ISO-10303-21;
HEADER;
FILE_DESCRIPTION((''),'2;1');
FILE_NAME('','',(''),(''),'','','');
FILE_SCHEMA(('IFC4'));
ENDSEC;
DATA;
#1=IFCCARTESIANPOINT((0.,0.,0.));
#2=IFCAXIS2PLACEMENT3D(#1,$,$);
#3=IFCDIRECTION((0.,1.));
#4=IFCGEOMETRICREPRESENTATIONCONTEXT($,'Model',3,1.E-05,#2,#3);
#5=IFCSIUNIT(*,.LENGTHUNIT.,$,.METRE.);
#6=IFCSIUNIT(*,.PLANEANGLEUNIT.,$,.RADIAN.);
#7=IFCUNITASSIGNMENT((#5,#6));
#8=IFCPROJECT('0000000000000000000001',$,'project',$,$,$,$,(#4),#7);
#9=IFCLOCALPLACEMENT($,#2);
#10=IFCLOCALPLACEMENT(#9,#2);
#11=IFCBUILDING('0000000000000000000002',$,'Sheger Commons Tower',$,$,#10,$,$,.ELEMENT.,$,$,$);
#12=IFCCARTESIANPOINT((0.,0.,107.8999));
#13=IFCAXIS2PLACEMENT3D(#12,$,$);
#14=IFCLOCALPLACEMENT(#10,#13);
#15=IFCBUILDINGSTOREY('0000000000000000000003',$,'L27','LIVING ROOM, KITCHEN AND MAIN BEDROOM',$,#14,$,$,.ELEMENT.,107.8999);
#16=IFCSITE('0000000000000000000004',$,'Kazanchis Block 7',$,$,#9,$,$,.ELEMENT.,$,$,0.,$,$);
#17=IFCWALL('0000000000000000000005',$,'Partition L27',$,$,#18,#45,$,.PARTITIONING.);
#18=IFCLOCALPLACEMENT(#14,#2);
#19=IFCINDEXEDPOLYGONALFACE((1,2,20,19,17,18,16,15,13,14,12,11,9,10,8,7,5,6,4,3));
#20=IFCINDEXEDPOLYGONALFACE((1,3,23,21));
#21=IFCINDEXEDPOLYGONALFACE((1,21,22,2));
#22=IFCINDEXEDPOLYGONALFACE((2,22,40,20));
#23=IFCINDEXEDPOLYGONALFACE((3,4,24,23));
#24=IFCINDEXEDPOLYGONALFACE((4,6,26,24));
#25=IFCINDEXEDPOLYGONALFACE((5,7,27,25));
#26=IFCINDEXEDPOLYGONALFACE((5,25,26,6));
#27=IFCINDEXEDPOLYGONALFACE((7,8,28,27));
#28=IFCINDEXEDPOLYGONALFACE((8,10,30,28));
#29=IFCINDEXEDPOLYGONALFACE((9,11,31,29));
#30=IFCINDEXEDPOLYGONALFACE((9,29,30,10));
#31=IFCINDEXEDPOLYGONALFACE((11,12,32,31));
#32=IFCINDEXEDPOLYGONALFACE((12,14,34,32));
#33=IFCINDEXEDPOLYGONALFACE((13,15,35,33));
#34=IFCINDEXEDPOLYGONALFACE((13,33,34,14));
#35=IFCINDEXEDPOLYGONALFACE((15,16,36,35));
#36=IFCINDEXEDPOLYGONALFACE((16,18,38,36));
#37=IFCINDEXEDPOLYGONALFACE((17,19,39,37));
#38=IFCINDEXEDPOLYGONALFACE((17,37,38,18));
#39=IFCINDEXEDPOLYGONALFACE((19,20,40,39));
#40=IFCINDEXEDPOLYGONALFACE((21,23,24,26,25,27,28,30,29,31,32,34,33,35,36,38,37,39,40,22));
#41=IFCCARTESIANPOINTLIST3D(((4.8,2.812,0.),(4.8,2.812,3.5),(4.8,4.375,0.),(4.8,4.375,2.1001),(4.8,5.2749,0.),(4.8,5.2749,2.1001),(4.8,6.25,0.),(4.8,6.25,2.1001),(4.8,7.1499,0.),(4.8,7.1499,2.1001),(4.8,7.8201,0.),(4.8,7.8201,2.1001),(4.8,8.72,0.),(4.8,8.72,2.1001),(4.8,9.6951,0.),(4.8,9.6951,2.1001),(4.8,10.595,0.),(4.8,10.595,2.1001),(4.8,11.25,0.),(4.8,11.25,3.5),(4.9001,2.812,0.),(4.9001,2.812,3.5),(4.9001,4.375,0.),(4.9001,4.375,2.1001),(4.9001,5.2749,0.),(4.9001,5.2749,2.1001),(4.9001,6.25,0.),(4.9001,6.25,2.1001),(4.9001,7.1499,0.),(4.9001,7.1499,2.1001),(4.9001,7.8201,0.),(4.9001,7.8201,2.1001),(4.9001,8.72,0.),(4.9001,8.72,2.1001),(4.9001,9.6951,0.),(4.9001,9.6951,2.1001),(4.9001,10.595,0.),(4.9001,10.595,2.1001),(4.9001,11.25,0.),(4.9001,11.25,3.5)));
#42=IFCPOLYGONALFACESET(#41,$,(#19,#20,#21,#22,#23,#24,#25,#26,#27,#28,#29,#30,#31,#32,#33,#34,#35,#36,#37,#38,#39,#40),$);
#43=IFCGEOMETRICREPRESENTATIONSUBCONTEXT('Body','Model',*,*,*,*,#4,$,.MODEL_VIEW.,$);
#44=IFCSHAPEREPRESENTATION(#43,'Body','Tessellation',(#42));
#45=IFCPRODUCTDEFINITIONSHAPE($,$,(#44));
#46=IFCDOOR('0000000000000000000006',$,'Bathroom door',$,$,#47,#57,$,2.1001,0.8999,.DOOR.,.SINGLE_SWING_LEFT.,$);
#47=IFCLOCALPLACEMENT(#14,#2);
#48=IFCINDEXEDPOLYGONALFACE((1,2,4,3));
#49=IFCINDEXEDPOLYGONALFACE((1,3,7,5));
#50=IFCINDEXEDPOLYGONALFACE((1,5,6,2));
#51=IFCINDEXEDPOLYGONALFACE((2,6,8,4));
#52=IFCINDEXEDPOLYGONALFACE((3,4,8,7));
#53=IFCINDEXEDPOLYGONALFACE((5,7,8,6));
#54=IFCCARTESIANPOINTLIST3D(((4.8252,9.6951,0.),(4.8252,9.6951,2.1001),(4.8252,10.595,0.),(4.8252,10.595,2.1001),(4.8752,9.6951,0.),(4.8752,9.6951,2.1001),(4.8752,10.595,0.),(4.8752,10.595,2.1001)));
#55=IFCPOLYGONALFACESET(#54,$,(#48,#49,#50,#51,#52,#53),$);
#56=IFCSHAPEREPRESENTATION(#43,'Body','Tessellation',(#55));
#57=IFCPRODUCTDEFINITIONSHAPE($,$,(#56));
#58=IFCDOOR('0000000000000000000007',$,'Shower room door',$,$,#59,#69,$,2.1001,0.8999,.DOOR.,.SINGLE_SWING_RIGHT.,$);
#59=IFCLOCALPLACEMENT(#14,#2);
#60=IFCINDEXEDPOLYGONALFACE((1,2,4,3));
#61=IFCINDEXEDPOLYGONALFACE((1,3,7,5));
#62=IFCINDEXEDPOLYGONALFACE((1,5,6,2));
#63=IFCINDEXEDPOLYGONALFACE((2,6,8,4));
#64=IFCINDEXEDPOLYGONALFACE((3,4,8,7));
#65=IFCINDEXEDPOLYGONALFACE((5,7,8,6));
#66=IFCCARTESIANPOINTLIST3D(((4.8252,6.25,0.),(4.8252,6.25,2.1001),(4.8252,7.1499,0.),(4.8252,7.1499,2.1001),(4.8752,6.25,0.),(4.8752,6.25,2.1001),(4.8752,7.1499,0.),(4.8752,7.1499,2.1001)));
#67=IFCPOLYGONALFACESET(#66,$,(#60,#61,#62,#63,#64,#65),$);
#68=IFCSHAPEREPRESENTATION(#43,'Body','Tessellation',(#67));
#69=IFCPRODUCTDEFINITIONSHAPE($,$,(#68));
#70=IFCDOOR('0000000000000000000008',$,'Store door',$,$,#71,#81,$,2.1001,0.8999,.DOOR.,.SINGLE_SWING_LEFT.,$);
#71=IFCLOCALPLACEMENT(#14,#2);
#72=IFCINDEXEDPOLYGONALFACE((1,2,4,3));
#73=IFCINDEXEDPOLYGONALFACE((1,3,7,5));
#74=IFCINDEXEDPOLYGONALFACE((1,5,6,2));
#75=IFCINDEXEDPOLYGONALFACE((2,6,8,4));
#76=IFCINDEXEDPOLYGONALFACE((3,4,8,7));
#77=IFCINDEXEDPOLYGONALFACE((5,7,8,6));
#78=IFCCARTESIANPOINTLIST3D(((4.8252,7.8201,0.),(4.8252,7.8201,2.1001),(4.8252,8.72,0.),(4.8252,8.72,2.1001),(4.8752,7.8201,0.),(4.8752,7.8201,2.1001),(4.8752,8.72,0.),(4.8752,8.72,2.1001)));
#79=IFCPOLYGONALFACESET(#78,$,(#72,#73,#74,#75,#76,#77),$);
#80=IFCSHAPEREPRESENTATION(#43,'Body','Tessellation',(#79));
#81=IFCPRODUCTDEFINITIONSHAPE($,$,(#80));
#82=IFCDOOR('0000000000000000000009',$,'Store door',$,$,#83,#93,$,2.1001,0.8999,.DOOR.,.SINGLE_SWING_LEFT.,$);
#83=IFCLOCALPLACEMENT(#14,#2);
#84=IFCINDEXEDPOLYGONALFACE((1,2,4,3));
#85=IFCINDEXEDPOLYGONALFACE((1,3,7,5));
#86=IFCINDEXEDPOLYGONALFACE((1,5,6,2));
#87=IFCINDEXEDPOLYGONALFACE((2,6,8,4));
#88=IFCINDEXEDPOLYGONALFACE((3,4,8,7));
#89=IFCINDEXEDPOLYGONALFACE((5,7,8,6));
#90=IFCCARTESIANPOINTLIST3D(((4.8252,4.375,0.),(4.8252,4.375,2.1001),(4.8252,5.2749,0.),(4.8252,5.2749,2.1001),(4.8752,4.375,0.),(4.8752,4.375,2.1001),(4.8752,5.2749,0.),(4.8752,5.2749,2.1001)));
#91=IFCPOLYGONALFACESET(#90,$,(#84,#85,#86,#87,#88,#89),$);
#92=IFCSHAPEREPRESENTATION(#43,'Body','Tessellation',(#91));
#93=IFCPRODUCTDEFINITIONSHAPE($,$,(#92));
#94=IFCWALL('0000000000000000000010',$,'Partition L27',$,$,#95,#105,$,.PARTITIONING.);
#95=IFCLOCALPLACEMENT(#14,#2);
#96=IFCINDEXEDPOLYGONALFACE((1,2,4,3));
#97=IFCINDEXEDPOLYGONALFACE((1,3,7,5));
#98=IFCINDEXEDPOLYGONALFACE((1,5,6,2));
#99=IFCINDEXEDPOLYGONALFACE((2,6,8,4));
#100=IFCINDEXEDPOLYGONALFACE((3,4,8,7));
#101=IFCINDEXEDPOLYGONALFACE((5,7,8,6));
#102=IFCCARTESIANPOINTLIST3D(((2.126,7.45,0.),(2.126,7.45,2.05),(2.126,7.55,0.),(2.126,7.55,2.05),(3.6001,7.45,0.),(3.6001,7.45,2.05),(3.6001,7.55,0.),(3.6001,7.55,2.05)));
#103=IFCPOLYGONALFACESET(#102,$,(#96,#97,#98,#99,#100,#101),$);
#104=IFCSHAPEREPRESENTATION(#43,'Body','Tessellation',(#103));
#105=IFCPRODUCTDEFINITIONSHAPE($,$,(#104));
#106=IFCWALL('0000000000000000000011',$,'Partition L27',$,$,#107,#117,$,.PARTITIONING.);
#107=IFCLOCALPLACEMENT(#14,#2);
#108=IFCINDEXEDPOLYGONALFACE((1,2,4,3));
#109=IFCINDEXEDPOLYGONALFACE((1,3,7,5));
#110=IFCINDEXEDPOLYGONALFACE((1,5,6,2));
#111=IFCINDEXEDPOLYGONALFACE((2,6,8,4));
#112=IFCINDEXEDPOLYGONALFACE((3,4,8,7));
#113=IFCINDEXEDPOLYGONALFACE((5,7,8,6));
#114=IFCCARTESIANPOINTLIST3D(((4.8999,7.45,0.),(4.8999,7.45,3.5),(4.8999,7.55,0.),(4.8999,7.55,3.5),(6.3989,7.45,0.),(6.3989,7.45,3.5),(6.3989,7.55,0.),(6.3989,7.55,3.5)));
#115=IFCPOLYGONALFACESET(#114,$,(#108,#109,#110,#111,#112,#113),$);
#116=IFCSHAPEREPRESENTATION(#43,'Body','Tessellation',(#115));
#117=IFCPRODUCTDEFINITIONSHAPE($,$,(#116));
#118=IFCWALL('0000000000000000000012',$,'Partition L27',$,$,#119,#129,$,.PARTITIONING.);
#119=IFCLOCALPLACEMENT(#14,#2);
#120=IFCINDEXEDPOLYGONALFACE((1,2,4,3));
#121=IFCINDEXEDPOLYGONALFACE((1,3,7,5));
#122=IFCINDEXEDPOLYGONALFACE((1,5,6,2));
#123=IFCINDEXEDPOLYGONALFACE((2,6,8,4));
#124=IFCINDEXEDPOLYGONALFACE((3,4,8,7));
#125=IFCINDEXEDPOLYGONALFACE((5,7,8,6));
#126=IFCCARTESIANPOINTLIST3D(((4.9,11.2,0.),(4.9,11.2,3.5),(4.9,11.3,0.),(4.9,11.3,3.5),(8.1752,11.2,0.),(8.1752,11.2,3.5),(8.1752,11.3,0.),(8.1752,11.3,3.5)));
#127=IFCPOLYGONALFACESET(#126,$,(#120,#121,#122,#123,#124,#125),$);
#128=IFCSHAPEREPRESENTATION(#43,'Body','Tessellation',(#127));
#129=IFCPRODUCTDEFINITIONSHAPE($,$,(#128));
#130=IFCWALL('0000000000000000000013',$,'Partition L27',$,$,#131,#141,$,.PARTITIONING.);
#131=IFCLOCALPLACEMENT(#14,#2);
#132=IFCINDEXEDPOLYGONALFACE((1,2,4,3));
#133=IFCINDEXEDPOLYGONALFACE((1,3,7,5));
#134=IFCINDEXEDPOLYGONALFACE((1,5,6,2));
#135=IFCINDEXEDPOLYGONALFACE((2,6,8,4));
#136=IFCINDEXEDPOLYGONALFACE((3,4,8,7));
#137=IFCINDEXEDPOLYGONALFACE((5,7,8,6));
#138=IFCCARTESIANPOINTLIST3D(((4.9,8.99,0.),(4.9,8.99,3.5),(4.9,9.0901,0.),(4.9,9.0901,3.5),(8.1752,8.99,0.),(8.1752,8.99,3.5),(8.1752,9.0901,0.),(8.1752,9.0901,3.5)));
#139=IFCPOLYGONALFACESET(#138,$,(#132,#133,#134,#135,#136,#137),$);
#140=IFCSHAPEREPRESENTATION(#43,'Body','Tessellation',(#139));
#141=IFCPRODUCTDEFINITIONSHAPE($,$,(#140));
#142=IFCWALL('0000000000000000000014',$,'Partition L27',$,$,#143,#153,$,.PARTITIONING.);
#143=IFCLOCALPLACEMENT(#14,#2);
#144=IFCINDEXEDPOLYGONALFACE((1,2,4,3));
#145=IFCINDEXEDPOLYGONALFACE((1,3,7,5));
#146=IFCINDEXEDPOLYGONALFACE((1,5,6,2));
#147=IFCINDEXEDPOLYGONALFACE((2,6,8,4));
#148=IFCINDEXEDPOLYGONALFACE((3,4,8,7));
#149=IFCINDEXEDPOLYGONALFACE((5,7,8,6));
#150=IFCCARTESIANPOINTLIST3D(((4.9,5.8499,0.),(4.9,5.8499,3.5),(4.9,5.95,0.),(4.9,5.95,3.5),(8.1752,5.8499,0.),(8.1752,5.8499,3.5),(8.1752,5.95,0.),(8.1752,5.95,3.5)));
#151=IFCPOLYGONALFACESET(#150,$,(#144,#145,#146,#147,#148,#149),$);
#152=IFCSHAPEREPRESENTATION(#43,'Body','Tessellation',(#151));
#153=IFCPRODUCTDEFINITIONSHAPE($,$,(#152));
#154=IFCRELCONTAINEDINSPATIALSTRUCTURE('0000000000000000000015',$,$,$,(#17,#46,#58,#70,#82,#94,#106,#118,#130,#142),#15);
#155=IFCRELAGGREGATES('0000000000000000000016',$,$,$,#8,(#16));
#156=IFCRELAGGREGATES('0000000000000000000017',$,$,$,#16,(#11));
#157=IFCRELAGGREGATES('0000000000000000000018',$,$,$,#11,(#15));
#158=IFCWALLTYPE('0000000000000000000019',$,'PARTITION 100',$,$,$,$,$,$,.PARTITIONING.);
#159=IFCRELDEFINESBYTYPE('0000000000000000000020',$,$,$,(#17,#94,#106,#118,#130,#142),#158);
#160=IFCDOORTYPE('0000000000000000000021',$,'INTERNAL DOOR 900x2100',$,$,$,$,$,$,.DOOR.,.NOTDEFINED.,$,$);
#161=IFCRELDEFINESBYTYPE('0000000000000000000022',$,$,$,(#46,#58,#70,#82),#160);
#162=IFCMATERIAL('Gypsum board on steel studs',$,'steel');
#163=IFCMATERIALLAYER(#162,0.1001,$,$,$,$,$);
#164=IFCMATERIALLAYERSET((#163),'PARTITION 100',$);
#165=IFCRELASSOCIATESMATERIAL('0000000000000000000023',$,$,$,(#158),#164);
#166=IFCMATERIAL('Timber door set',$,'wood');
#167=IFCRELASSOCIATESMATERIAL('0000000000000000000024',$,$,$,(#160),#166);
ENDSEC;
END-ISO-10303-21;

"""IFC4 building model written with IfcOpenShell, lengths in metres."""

from ifc_helpers import new_model, si_unit, direction, frame, frame_2d, origin, place, context, subcontext, project, spatial, rectangle, extrude, material, layer, layer_set, type_object, element, fill, save


model = new_model("IFC4")

# Units and contexts
model_context = context("Model", 3, precision=1e-05, world=origin(), true_north=direction((0.0, 1.0)))
body_context = subcontext(model_context, "Body", "Model", "MODEL_VIEW")
ifc_project = project(units=[si_unit("LENGTHUNIT", "METRE"), si_unit("PLANEANGLEUNIT", "RADIAN")], contexts=[model_context])

# Site, building, storey
site_placement = place(None, origin())
site = spatial("IfcSite", under=ifc_project, at=site_placement, Name="Kazanchis Block 7", CompositionType="ELEMENT", RefElevation=0.0)
building_placement = place(site_placement, origin())
building = spatial("IfcBuilding", under=site, at=building_placement, Name="Sheger Commons Tower", CompositionType="ELEMENT")
storey_placement = place(building_placement, frame((0.0, 0.0, 107.8999)))
storey = spatial("IfcBuildingStorey", under=building, at=storey_placement, Name="L27", Description="LIVING ROOM, KITCHEN AND MAIN BEDROOM", CompositionType="ELEMENT", Elevation=107.8999)

# Wall, openings, doors
ifc_material_1 = material(Name="Gypsum board on steel studs", Category="steel")
ifc_layer_1 = layer(ifc_material_1, 0.1001)
ifc_layer_set_1 = layer_set([ifc_layer_1], Name="PARTITION 100")
wall_type_1 = type_object("IfcWallType", Name="PARTITION 100", PredefinedType="PARTITIONING", material=ifc_layer_set_1)
ifc_material_2 = material(Name="Timber door set", Category="wood")
door_type = type_object("IfcDoorType", Name="INTERNAL DOOR 900x2100", OperationType="NOTDEFINED", PredefinedType="DOOR", material=ifc_material_2)
wall_1_placement = place(storey_placement, frame((4.8501, 2.812, 0.0), z_axis=(0.0, 0.0, 1.0), x_axis=(0.0, 1.0, 0.0)))
wall_1 = element("IfcWall", 1, at=wall_1_placement, inside=storey, type_object=wall_type_1, Name="Partition L27", PredefinedType="PARTITIONING", context=body_context, shape_type="SweptSolid", body=[
    extrude(rectangle(XDim=8.438, YDim=0.1001, at=frame_2d((4.219, 0.0))), origin(), (0.0, 0.0, 1.0), 3.5),
])
opening_1_placement = place(wall_1_placement, frame((6.8831, 0.0, 0.0)))
opening_1 = element("IfcOpeningElement", 2, at=opening_1_placement, cuts=wall_1, PredefinedType="OPENING", context=body_context, shape_type="SweptSolid", body=[
    extrude(rectangle(XDim=0.8999, YDim=2.1001, at=frame_2d((0.45, 1.05))), frame((0.0, 0.0601, 0.0), z_axis=(0.0, -1.0, 0.0), x_axis=(1.0, 0.0, 0.0)), (0.0, 0.0, 1.0), 0.1201),
])
opening_2_placement = place(wall_1_placement, frame((3.438, 0.0, 0.0)))
opening_2 = element("IfcOpeningElement", 3, at=opening_2_placement, cuts=wall_1, PredefinedType="OPENING", context=body_context, shape_type="SweptSolid", body=[
    extrude(rectangle(XDim=0.8999, YDim=2.1001, at=frame_2d((0.45, 1.05))), frame((0.0, 0.0601, 0.0), z_axis=(0.0, -1.0, 0.0), x_axis=(1.0, 0.0, 0.0)), (0.0, 0.0, 1.0), 0.1201),
])
opening_3_placement = place(wall_1_placement, frame((5.0081, 0.0, 0.0)))
opening_3 = element("IfcOpeningElement", 4, at=opening_3_placement, cuts=wall_1, PredefinedType="OPENING", context=body_context, shape_type="SweptSolid", body=[
    extrude(rectangle(XDim=0.8999, YDim=2.1001, at=frame_2d((0.45, 1.05))), frame((0.0, 0.0601, 0.0), z_axis=(0.0, -1.0, 0.0), x_axis=(1.0, 0.0, 0.0)), (0.0, 0.0, 1.0), 0.1201),
])
opening_4_placement = place(wall_1_placement, frame((1.563, 0.0, 0.0)))
opening_4 = element("IfcOpeningElement", 5, at=opening_4_placement, cuts=wall_1, PredefinedType="OPENING", context=body_context, shape_type="SweptSolid", body=[
    extrude(rectangle(XDim=0.8999, YDim=2.1001, at=frame_2d((0.45, 1.05))), frame((0.0, 0.0601, 0.0), z_axis=(0.0, -1.0, 0.0), x_axis=(1.0, 0.0, 0.0)), (0.0, 0.0, 1.0), 0.1201),
])
door_1_placement = place(opening_1_placement, origin())
door_1 = element("IfcDoor", 6, at=door_1_placement, inside=storey, type_object=door_type, Name="Bathroom door", OperationType="SINGLE_SWING_LEFT", OverallHeight=2.1001, OverallWidth=0.8999, PredefinedType="DOOR", context=body_context, shape_type="SweptSolid", body=[
    extrude(rectangle(XDim=0.8999, YDim=2.1001, at=frame_2d((0.45, 1.05))), frame((0.0, 0.0249, 0.0), z_axis=(0.0, -1.0, 0.0), x_axis=(1.0, 0.0, 0.0)), (0.0, 0.0, 1.0), 0.05),
])
fill(opening_1, door_1)
door_2_placement = place(opening_2_placement, origin())
door_2 = element("IfcDoor", 7, at=door_2_placement, inside=storey, type_object=door_type, Name="Shower room door", OperationType="SINGLE_SWING_RIGHT", OverallHeight=2.1001, OverallWidth=0.8999, PredefinedType="DOOR", context=body_context, shape_type="SweptSolid", body=[
    extrude(rectangle(XDim=0.8999, YDim=2.1001, at=frame_2d((0.45, 1.05))), frame((0.0, 0.0249, 0.0), z_axis=(0.0, -1.0, 0.0), x_axis=(1.0, 0.0, 0.0)), (0.0, 0.0, 1.0), 0.05),
])
fill(opening_2, door_2)
door_3_placement = place(opening_3_placement, origin())
door_3 = element("IfcDoor", 8, at=door_3_placement, inside=storey, type_object=door_type, Name="Store door", OperationType="SINGLE_SWING_LEFT", OverallHeight=2.1001, OverallWidth=0.8999, PredefinedType="DOOR", context=body_context, shape_type="SweptSolid", body=[
    extrude(rectangle(XDim=0.8999, YDim=2.1001, at=frame_2d((0.45, 1.05))), frame((0.0, 0.0249, 0.0), z_axis=(0.0, -1.0, 0.0), x_axis=(1.0, 0.0, 0.0)), (0.0, 0.0, 1.0), 0.05),
])
fill(opening_3, door_3)
door_4_placement = place(opening_4_placement, origin())
door_4 = element("IfcDoor", 9, at=door_4_placement, inside=storey, type_object=door_type, Name="Store door", OperationType="SINGLE_SWING_LEFT", OverallHeight=2.1001, OverallWidth=0.8999, PredefinedType="DOOR", context=body_context, shape_type="SweptSolid", body=[
    extrude(rectangle(XDim=0.8999, YDim=2.1001, at=frame_2d((0.45, 1.05))), frame((0.0, 0.0249, 0.0), z_axis=(0.0, -1.0, 0.0), x_axis=(1.0, 0.0, 0.0)), (0.0, 0.0, 1.0), 0.05),
])
fill(opening_4, door_4)

# Walls
wall_2_placement = place(storey_placement, frame((2.126, 7.5, 0.0), z_axis=(0.0, 0.0, 1.0), x_axis=(1.0, 0.0, 0.0)))
element("IfcWall", 10, at=wall_2_placement, inside=storey, type_object=wall_type_1, Name="Partition L27", PredefinedType="PARTITIONING", context=body_context, shape_type="SweptSolid", body=[
    extrude(rectangle(XDim=1.4741, YDim=0.1001, at=frame_2d((0.7371, 0.0))), origin(), (0.0, 0.0, 1.0), 2.05),
])
wall_3_placement = place(storey_placement, frame((4.8999, 7.5, 0.0), z_axis=(0.0, 0.0, 1.0), x_axis=(1.0, 0.0, 0.0)))
element("IfcWall", 11, at=wall_3_placement, inside=storey, type_object=wall_type_1, Name="Partition L27", PredefinedType="PARTITIONING", context=body_context, shape_type="SweptSolid", body=[
    extrude(rectangle(XDim=1.499, YDim=0.1001, at=frame_2d((0.7495, 0.0))), origin(), (0.0, 0.0, 1.0), 3.5),
])
for number, where, z_axis, x_axis, name in (
    (12, (4.8999, 11.25, 0.0), (0.0, 0.0, 1.0), (1.0, 0.0, 0.0), "Partition L27"),
    (13, (4.8999, 9.04, 0.0), (0.0, 0.0, 1.0), (1.0, 0.0, 0.0), "Partition L27"),
    (14, (4.8999, 5.8999, 0.0), (0.0, 0.0, 1.0), (1.0, 0.0, 0.0), "Partition L27"),
):
    element("IfcWall", number, at=place(storey_placement, frame(where, z_axis=z_axis, x_axis=x_axis)), inside=storey, type_object=wall_type_1, Name=name, PredefinedType="PARTITIONING", context=body_context, shape_type="SweptSolid", body=[
        extrude(rectangle(XDim=3.2751, YDim=0.1001, at=frame_2d((1.6377, 0.0))), origin(), (0.0, 0.0, 1.0), 3.5),
    ])

save(model, "model.ifc")
